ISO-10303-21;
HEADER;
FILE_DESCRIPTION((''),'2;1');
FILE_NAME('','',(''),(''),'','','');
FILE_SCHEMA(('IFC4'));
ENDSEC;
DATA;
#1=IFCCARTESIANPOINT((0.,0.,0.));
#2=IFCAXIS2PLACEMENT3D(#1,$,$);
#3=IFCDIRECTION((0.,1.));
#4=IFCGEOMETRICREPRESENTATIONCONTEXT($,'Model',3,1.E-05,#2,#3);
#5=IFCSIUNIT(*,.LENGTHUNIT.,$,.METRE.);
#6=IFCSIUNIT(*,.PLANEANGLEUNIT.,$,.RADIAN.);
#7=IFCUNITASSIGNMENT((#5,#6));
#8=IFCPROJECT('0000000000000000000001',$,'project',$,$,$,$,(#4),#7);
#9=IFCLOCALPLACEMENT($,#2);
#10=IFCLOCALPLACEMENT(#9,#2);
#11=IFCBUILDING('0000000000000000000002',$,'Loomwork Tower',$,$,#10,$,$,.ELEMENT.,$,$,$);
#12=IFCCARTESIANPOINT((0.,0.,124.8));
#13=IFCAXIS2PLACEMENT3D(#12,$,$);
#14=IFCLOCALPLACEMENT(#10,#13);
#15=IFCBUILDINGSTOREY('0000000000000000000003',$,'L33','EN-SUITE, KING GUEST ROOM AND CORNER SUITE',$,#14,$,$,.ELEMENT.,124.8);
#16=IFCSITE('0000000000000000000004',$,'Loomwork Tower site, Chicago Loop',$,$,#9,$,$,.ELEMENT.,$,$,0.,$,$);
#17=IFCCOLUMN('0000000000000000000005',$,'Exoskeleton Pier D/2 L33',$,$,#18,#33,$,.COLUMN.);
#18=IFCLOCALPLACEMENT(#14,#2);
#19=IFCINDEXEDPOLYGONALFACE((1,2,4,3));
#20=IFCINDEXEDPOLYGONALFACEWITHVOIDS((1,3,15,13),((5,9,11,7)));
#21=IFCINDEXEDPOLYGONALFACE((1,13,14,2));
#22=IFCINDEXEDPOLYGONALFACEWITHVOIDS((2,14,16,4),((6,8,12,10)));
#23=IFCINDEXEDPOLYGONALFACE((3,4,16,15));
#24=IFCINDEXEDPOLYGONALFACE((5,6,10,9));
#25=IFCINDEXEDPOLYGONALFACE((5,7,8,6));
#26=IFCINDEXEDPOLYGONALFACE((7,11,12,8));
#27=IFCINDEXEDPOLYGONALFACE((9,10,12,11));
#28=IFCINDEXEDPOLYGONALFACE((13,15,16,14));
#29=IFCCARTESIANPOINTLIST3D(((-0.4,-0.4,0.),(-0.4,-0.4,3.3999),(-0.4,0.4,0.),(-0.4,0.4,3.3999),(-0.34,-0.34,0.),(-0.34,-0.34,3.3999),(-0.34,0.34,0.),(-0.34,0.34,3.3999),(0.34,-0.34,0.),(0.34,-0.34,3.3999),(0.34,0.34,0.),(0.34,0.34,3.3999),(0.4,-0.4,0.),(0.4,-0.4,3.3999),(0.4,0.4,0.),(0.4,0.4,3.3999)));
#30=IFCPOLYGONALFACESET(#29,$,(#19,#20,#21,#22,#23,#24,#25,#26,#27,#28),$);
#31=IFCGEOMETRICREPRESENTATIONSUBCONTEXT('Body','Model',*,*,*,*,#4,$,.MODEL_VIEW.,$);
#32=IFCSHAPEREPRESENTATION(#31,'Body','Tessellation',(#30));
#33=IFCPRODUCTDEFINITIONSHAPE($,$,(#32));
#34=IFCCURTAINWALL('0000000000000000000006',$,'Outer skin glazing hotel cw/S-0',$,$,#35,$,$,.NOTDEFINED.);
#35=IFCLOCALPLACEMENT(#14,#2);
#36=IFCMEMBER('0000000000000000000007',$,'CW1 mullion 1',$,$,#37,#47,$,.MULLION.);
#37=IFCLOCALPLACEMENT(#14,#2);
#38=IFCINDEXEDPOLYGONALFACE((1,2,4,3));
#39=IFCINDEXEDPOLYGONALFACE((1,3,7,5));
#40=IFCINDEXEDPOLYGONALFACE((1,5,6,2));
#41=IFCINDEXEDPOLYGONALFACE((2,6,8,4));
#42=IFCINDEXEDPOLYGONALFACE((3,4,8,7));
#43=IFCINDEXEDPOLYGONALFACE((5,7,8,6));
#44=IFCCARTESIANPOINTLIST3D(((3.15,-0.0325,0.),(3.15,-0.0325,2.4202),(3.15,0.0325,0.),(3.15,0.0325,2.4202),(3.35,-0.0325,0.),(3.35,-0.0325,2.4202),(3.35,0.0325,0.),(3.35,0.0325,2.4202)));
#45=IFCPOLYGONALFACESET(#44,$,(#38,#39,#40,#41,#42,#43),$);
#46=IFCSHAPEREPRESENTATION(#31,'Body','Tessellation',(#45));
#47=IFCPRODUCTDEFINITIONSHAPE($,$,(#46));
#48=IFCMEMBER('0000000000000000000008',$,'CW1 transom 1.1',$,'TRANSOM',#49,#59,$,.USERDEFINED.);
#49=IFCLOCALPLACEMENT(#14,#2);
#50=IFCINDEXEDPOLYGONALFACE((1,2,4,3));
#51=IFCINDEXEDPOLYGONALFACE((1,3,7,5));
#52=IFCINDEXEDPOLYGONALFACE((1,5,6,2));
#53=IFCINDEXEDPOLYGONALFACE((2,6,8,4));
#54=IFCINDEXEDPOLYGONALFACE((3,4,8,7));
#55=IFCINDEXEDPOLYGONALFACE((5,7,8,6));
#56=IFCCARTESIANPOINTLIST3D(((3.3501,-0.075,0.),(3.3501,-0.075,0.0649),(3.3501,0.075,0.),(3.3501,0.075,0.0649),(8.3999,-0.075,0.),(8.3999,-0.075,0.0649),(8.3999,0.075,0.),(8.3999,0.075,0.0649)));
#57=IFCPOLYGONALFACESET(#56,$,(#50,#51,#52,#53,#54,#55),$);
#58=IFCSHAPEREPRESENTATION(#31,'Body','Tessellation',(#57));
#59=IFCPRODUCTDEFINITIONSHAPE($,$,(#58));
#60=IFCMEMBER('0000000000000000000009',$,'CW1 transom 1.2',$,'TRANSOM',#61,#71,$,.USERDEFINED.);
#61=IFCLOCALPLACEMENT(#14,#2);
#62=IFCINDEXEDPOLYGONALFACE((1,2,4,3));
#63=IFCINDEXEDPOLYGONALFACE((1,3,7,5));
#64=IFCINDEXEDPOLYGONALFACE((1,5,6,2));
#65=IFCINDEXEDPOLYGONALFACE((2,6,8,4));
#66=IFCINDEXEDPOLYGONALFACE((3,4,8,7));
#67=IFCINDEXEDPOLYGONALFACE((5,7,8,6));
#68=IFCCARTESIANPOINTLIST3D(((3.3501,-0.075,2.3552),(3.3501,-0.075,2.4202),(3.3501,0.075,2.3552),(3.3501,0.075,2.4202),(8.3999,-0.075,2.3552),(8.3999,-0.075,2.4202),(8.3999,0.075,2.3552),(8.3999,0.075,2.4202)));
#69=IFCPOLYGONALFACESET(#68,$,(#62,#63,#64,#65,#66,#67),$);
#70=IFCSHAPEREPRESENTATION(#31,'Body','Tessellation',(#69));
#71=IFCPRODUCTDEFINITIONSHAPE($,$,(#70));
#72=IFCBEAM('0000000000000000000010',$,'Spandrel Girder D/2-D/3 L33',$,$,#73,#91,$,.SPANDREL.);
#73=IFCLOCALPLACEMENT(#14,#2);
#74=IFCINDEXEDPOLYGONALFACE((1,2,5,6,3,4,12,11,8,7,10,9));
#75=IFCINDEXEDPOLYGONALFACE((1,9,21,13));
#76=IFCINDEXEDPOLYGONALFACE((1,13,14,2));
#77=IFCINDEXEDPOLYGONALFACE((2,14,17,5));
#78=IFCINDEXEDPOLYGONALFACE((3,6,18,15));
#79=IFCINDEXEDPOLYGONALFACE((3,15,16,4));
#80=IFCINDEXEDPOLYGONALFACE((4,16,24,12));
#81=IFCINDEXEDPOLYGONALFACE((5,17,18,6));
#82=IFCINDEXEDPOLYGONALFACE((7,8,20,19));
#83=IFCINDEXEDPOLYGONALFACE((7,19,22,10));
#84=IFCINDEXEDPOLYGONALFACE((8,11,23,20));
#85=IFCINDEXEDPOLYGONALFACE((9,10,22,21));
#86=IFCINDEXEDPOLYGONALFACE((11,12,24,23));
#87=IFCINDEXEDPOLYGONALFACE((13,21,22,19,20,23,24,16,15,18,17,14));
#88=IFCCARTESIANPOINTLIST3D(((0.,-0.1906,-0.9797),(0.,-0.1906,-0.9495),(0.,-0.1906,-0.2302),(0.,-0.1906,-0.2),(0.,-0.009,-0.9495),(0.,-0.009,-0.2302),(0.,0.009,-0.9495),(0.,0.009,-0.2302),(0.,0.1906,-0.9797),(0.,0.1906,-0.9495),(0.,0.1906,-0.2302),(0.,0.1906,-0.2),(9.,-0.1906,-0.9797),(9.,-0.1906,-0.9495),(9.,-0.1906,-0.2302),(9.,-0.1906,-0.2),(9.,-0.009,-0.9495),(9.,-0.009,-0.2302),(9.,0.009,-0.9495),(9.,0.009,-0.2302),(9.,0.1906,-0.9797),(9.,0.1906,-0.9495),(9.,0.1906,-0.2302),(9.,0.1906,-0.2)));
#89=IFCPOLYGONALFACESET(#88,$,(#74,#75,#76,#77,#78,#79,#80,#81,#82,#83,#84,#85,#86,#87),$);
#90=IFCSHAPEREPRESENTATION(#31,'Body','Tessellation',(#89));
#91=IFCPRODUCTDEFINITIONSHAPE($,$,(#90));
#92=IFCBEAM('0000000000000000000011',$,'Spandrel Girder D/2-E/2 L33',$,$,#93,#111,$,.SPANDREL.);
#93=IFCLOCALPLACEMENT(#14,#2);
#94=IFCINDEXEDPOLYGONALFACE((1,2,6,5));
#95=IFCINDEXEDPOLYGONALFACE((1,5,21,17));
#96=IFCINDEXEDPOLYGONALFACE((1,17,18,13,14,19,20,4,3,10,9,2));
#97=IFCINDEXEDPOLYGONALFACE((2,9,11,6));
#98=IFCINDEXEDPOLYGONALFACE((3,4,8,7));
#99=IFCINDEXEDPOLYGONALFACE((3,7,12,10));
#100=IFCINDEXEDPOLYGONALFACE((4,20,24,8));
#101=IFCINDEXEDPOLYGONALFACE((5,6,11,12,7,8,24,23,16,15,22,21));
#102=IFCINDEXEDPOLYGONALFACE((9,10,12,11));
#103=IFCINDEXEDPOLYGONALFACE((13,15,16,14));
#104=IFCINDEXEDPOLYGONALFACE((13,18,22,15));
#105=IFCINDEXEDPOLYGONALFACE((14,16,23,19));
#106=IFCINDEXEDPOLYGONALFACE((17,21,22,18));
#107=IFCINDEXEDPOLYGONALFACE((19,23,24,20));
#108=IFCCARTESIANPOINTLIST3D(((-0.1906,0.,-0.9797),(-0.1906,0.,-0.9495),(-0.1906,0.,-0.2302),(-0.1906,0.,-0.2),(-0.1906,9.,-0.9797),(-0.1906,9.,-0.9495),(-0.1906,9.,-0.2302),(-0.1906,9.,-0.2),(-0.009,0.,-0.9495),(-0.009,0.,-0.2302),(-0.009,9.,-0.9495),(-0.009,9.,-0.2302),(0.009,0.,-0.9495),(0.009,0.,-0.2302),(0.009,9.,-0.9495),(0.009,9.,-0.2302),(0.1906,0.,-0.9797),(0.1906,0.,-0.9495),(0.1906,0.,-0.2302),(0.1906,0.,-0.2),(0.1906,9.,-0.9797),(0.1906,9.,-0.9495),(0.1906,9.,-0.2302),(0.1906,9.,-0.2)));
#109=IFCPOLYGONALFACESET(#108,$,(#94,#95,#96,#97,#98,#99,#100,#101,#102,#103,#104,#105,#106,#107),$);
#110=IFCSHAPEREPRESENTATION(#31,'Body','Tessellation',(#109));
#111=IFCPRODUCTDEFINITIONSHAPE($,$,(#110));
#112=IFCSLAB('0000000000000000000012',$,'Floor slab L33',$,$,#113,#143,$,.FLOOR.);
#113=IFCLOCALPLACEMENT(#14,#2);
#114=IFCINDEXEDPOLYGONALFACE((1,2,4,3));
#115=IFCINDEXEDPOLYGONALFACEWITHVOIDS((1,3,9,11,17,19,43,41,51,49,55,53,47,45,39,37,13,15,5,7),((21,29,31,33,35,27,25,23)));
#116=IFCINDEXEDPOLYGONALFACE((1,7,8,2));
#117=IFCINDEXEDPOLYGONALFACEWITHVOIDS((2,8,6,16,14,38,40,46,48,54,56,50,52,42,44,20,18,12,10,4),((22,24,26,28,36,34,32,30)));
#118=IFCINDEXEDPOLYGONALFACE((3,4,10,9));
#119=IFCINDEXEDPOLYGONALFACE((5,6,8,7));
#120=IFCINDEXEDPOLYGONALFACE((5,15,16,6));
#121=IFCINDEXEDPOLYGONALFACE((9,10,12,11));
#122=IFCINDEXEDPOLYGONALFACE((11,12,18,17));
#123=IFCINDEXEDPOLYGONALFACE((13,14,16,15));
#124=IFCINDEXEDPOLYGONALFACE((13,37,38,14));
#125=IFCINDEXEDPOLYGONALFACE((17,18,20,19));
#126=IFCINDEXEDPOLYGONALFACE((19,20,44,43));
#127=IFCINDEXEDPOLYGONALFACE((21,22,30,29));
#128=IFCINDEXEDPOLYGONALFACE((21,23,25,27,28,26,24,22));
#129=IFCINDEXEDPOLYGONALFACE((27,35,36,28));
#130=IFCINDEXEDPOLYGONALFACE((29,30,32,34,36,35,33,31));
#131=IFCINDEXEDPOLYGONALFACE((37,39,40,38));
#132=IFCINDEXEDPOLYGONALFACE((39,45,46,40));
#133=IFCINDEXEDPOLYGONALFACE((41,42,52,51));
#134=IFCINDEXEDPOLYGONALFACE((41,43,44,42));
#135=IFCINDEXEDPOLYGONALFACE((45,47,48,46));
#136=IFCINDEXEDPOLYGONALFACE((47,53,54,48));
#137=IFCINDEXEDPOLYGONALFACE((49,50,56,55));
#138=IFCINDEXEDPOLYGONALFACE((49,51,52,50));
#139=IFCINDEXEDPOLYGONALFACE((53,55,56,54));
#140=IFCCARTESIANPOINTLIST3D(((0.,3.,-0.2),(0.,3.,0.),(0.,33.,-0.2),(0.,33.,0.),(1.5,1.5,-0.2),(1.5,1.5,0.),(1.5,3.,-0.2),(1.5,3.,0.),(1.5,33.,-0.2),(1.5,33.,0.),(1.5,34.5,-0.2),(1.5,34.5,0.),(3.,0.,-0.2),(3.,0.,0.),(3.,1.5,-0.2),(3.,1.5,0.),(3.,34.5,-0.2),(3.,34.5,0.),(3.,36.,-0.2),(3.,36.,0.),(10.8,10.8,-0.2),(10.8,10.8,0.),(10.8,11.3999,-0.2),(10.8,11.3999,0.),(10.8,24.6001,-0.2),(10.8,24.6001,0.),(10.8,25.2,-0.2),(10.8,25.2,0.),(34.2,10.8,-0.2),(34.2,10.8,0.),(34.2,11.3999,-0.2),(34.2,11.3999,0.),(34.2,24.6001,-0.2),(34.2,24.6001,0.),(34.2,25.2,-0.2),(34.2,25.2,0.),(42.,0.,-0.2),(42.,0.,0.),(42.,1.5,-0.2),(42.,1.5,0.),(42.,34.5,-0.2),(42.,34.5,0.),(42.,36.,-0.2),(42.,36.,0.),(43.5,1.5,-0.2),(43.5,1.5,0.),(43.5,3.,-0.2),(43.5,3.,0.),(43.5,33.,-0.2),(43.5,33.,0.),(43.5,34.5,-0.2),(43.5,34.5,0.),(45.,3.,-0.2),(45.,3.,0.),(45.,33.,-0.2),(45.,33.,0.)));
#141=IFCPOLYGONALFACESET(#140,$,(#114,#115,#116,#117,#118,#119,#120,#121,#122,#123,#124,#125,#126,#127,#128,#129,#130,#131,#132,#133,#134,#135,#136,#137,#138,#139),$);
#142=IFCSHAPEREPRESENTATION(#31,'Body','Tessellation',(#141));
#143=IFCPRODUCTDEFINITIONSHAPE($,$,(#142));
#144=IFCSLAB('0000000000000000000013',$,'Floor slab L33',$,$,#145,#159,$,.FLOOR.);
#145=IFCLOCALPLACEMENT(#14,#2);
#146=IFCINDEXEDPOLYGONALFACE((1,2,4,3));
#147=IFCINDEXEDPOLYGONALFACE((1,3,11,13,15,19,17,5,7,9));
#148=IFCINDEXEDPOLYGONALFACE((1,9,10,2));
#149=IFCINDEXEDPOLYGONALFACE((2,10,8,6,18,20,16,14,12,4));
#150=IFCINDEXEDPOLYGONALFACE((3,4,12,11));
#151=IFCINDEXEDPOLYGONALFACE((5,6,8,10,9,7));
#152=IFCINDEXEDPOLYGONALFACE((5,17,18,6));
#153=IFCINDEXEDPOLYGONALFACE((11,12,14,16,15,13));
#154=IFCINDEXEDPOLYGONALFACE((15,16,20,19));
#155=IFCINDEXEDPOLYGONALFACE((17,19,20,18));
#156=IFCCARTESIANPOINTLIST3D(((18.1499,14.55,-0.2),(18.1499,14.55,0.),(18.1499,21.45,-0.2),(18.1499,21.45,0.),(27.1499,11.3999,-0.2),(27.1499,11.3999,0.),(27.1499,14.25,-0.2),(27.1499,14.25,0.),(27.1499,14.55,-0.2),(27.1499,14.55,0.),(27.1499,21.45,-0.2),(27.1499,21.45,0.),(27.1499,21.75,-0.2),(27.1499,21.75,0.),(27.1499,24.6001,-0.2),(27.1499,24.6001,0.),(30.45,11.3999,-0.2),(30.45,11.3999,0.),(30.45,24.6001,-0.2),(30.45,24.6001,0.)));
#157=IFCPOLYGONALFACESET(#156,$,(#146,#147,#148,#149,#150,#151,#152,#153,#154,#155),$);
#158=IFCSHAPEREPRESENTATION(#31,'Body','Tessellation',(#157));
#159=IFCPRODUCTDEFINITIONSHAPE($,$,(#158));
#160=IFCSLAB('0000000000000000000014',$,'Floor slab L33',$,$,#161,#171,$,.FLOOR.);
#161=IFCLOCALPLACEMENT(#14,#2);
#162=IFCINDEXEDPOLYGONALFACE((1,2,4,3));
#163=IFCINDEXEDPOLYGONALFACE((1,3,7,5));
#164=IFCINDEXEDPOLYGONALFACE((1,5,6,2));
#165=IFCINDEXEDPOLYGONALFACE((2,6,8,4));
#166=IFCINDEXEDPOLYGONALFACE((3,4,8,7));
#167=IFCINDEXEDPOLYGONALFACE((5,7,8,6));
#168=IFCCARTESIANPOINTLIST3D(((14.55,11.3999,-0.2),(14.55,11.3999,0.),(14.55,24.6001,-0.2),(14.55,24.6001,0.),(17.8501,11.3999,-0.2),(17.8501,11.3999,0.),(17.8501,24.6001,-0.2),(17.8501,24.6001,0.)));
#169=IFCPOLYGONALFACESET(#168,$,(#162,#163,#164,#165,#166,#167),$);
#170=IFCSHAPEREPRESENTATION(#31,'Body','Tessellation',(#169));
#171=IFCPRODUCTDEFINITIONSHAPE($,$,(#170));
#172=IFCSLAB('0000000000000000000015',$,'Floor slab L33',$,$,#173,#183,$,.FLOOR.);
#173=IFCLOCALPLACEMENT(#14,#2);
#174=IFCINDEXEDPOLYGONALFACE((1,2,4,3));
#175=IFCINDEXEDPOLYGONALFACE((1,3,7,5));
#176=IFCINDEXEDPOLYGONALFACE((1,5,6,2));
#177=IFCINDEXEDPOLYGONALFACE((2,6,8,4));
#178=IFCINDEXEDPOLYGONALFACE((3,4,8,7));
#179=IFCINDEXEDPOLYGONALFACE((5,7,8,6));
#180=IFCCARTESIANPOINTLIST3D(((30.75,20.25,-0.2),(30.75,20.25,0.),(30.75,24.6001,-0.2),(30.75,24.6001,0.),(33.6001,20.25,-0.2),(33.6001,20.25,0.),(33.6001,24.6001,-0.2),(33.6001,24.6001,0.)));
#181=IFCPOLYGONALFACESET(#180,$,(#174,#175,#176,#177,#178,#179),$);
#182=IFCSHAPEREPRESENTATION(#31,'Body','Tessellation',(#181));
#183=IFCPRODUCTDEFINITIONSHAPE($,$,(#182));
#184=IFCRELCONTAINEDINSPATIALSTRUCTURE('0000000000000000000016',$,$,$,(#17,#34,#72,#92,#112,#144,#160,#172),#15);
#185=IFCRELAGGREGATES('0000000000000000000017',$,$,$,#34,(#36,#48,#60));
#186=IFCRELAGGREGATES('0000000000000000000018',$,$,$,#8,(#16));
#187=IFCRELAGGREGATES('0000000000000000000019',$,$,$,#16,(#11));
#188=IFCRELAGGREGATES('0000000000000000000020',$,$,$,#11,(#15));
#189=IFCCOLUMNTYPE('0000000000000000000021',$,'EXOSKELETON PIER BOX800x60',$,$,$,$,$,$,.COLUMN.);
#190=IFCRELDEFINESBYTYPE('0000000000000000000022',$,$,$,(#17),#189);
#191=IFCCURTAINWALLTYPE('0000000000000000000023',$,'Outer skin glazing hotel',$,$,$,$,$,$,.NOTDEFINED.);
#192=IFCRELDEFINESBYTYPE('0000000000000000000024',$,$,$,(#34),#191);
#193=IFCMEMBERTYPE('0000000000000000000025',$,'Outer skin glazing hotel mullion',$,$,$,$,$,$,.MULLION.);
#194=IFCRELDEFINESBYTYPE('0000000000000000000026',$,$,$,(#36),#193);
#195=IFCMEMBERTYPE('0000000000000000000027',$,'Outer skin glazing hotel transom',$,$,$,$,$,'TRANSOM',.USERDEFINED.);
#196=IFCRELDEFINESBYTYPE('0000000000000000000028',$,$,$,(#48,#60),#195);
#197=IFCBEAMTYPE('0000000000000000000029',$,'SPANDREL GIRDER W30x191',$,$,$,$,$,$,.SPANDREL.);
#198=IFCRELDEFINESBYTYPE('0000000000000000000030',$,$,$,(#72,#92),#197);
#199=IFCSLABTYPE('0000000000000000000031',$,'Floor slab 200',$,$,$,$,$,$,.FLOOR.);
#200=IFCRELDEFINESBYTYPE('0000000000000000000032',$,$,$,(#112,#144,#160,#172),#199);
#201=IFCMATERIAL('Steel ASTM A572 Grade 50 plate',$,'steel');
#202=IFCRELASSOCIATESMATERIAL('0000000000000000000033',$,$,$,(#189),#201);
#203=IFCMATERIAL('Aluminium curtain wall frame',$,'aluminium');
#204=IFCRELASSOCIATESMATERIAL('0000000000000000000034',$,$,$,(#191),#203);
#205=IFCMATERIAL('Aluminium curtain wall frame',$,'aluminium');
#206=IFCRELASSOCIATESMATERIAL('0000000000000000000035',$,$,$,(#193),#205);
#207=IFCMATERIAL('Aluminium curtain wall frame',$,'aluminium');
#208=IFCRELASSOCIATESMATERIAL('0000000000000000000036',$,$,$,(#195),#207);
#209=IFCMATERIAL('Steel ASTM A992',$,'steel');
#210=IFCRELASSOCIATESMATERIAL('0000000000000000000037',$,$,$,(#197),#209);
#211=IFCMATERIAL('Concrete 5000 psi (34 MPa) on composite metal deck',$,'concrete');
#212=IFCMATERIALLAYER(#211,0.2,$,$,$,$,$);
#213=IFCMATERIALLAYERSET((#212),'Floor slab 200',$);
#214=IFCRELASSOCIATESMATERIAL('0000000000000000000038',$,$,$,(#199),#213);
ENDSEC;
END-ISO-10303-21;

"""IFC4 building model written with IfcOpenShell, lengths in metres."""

from ifc_helpers import new_model, si_unit, direction, frame, origin, origin_with_axes, origin_2d, place, context, subcontext, project, spatial, polyline, rectangle, hollow_rectangle, i_section, outline, extrude, material, layer, layer_set, material_profile, profile_set, type_object, element, aggregate, save


model = new_model("IFC4")

# Units and contexts
model_context = context("Model", 3, precision=1e-05, world=origin(), true_north=direction((0.0, 1.0)))
body_context = subcontext(model_context, "Body", "Model", "MODEL_VIEW")
ifc_project = project(units=[si_unit("LENGTHUNIT", "METRE"), si_unit("PLANEANGLEUNIT", "RADIAN")], contexts=[model_context])

# Site, building, storey
site_placement = place(None, origin())
site = spatial("IfcSite", under=ifc_project, at=site_placement, Name="Loomwork Tower site, Chicago Loop", CompositionType="ELEMENT", RefElevation=0.0)
building_placement = place(site_placement, origin())
building = spatial("IfcBuilding", under=site, at=building_placement, Name="Loomwork Tower", CompositionType="ELEMENT")
storey_placement = place(building_placement, frame((0.0, 0.0, 124.8)))
storey = spatial("IfcBuildingStorey", under=building, at=storey_placement, Name="L33", Description="EN-SUITE, KING GUEST ROOM AND CORNER SUITE", CompositionType="ELEMENT", Elevation=124.8)

# Column
ifc_material_1 = material(Name="Steel ASTM A572 Grade 50 plate", Category="steel")
ifc_material_profile_1 = material_profile(ifc_material_1, hollow_rectangle(XDim=0.8, YDim=0.8, WallThickness=0.0601, at=origin_2d()), Name="BOX800x60")
ifc_profile_set_1 = profile_set([ifc_material_profile_1], Name="Steel ASTM A572 Grade 50 plate")
column_type = type_object("IfcColumnType", Name="EXOSKELETON PIER BOX800x60", PredefinedType="COLUMN", material=ifc_profile_set_1)
column_placement = place(storey_placement, origin_with_axes())
element("IfcColumn", 1, at=column_placement, inside=storey, type_object=column_type, Name="Exoskeleton Pier D/2 L33", PredefinedType="COLUMN", context=body_context, shape_type="SweptSolid", body=[
    extrude(hollow_rectangle(XDim=0.8, YDim=0.8, WallThickness=0.0601, at=origin_2d()), origin(), (0.0, 0.0, 1.0), 3.3999),
])

# Curtain wall, members
ifc_material_2 = material(Name="Aluminium curtain wall frame", Category="aluminium")
curtain_wall_type = type_object("IfcCurtainWallType", Name="Outer skin glazing hotel", PredefinedType="NOTDEFINED", material=ifc_material_2)
curtain_wall_placement = place(storey_placement, origin())
curtain_wall = element("IfcCurtainWall", 2, at=curtain_wall_placement, inside=storey, type_object=curtain_wall_type, Name="Outer skin glazing hotel cw/S-0", PredefinedType="NOTDEFINED")
ifc_material_3 = material(Name="Aluminium curtain wall frame", Category="aluminium")
ifc_material_profile_2 = material_profile(ifc_material_3, rectangle(XDim=0.0649, YDim=0.2, at=origin_2d()), Name="AL 65x200")
ifc_profile_set_2 = profile_set([ifc_material_profile_2], Name="Aluminium curtain wall frame")
member_type_1 = type_object("IfcMemberType", Name="Outer skin glazing hotel mullion", PredefinedType="MULLION", material=ifc_profile_set_2)
member_1_placement = place(storey_placement, frame((3.25, 0.0, 0.0), z_axis=(0.0, 0.0, 1.0), x_axis=(0.0, 1.0, 0.0)))
member_1 = element("IfcMember", 3, at=member_1_placement, type_object=member_type_1, Name="CW1 mullion 1", PredefinedType="MULLION", context=body_context, shape_type="SweptSolid", body=[
    extrude(rectangle(XDim=0.0649, YDim=0.2, at=origin_2d()), origin(), (0.0, 0.0, 1.0), 2.4202),
])
ifc_material_4 = material(Name="Aluminium curtain wall frame", Category="aluminium")
ifc_material_profile_3 = material_profile(ifc_material_4, rectangle(XDim=0.1499, YDim=0.0649, at=origin_2d()), Name="AL 65x150")
ifc_profile_set_3 = profile_set([ifc_material_profile_3], Name="Aluminium curtain wall frame")
member_type_2 = type_object("IfcMemberType", Name="Outer skin glazing hotel transom", ElementType="TRANSOM", PredefinedType="USERDEFINED", material=ifc_profile_set_3)
member_2_placement = place(storey_placement, frame((3.3501, 0.0, 0.0325), z_axis=(1.0, 0.0, 0.0), x_axis=(0.0, 1.0, 0.0)))
member_2 = element("IfcMember", 4, at=member_2_placement, type_object=member_type_2, Name="CW1 transom 1.1", ObjectType="TRANSOM", PredefinedType="USERDEFINED", context=body_context, shape_type="SweptSolid", body=[
    extrude(rectangle(XDim=0.1499, YDim=0.0649, at=origin_2d()), origin(), (0.0, 0.0, 1.0), 5.0498),
])
member_3_placement = place(storey_placement, frame((3.3501, 0.0, 2.3877), z_axis=(1.0, 0.0, 0.0), x_axis=(0.0, 1.0, 0.0)))
member_3 = element("IfcMember", 5, at=member_3_placement, type_object=member_type_2, Name="CW1 transom 1.2", ObjectType="TRANSOM", PredefinedType="USERDEFINED", context=body_context, shape_type="SweptSolid", body=[
    extrude(rectangle(XDim=0.1499, YDim=0.0649, at=origin_2d()), origin(), (0.0, 0.0, 1.0), 5.0498),
])

# Beams
ifc_material_5 = material(Name="Steel ASTM A992", Category="steel")
ifc_material_profile_4 = material_profile(ifc_material_5, i_section(OverallWidth=0.3811, OverallDepth=0.7798, WebThickness=0.0181, FlangeThickness=0.0303, at=origin_2d()), Name="W30x191")
ifc_profile_set_4 = profile_set([ifc_material_profile_4], Name="Steel ASTM A992")
beam_type = type_object("IfcBeamType", Name="SPANDREL GIRDER W30x191", PredefinedType="SPANDREL", material=ifc_profile_set_4)
for number, where, z_axis, x_axis, name in (
    (6, (0.0, 0.0, -0.5898), (1.0, 0.0, 0.0), (0.0, 1.0, 0.0), "Spandrel Girder D/2-D/3 L33"),
    (7, (0.0, 0.0, -0.5898), (0.0, 1.0, 0.0), (-1.0, 0.0, 0.0), "Spandrel Girder D/2-E/2 L33"),
):
    element("IfcBeam", number, at=place(storey_placement, frame(where, z_axis=z_axis, x_axis=x_axis)), inside=storey, type_object=beam_type, Name=name, PredefinedType="SPANDREL", context=body_context, shape_type="SweptSolid", body=[
        extrude(i_section(OverallWidth=0.3811, OverallDepth=0.7798, WebThickness=0.0181, FlangeThickness=0.0303, at=origin_2d()), origin(), (0.0, 0.0, 1.0), 9.0),
    ])

# Slabs
ifc_material_6 = material(Name="Concrete 5000 psi (34 MPa) on composite metal deck", Category="concrete")
ifc_layer_1 = layer(ifc_material_6, 0.2)
ifc_layer_set_1 = layer_set([ifc_layer_1], Name="Floor slab 200")
slab_type_1 = type_object("IfcSlabType", Name="Floor slab 200", PredefinedType="FLOOR", material=ifc_layer_set_1)
slab_1_placement = place(storey_placement, frame((0.0, 0.0, -0.2)))
element("IfcSlab", 8, at=slab_1_placement, inside=storey, type_object=slab_type_1, Name="Floor slab L33", PredefinedType="FLOOR", context=body_context, shape_type="SweptSolid", body=[
    extrude(outline(polyline([(3.0, 1.5), (1.5, 1.5), (1.5, 3.0), (0.0, 3.0), (0.0, 33.0), (1.5, 33.0), (1.5, 34.5), (3.0, 34.5), (3.0, 36.0), (42.0, 36.0), (42.0, 34.5), (43.5, 34.5), (43.5, 33.0), (45.0, 33.0), (45.0, 3.0), (43.5, 3.0), (43.5, 1.5), (42.0, 1.5), (42.0, 0.0), (3.0, 0.0), (3.0, 1.5)]), holes=[polyline([(10.8, 11.3999), (10.8, 11.3999), (10.8, 10.8), (34.2, 10.8), (34.2, 11.3999), (34.2, 11.3999), (34.2, 24.6001), (34.2, 25.2), (10.8, 25.2), (10.8, 24.6001), (10.8, 11.3999)])]), origin(), (0.0, 0.0, 1.0), 0.2),
])
slab_2_placement = place(storey_placement, frame((0.0, 0.0, -0.2)))
element("IfcSlab", 9, at=slab_2_placement, inside=storey, type_object=slab_type_1, Name="Floor slab L33", PredefinedType="FLOOR", context=body_context, shape_type="SweptSolid", body=[
    extrude(outline(polyline([(30.45, 24.6001), (30.45, 11.3999), (27.1499, 11.3999), (27.1499, 14.25), (27.1499, 14.55), (18.1499, 14.55), (18.1499, 21.45), (27.1499, 21.45), (27.1499, 21.75), (27.1499, 24.6001), (30.45, 24.6001)])), origin(), (0.0, 0.0, 1.0), 0.2),
])
slab_3_placement = place(storey_placement, frame((0.0, 0.0, -0.2)))
element("IfcSlab", 10, at=slab_3_placement, inside=storey, type_object=slab_type_1, Name="Floor slab L33", PredefinedType="FLOOR", context=body_context, shape_type="SweptSolid", body=[
    extrude(outline(polyline([(14.55, 11.3999), (14.55, 24.6001), (17.8501, 24.6001), (17.8501, 11.3999), (14.55, 11.3999)])), origin(), (0.0, 0.0, 1.0), 0.2),
])
slab_4_placement = place(storey_placement, frame((0.0, 0.0, -0.2)))
element("IfcSlab", 11, at=slab_4_placement, inside=storey, type_object=slab_type_1, Name="Floor slab L33", PredefinedType="FLOOR", context=body_context, shape_type="SweptSolid", body=[
    extrude(outline(polyline([(33.6001, 20.25), (30.75, 20.25), (30.75, 24.6001), (33.6001, 24.6001), (33.6001, 20.25)])), origin(), (0.0, 0.0, 1.0), 0.2),
])

aggregate(curtain_wall, [member_1, member_2, member_3])

save(model, "model.ifc")
